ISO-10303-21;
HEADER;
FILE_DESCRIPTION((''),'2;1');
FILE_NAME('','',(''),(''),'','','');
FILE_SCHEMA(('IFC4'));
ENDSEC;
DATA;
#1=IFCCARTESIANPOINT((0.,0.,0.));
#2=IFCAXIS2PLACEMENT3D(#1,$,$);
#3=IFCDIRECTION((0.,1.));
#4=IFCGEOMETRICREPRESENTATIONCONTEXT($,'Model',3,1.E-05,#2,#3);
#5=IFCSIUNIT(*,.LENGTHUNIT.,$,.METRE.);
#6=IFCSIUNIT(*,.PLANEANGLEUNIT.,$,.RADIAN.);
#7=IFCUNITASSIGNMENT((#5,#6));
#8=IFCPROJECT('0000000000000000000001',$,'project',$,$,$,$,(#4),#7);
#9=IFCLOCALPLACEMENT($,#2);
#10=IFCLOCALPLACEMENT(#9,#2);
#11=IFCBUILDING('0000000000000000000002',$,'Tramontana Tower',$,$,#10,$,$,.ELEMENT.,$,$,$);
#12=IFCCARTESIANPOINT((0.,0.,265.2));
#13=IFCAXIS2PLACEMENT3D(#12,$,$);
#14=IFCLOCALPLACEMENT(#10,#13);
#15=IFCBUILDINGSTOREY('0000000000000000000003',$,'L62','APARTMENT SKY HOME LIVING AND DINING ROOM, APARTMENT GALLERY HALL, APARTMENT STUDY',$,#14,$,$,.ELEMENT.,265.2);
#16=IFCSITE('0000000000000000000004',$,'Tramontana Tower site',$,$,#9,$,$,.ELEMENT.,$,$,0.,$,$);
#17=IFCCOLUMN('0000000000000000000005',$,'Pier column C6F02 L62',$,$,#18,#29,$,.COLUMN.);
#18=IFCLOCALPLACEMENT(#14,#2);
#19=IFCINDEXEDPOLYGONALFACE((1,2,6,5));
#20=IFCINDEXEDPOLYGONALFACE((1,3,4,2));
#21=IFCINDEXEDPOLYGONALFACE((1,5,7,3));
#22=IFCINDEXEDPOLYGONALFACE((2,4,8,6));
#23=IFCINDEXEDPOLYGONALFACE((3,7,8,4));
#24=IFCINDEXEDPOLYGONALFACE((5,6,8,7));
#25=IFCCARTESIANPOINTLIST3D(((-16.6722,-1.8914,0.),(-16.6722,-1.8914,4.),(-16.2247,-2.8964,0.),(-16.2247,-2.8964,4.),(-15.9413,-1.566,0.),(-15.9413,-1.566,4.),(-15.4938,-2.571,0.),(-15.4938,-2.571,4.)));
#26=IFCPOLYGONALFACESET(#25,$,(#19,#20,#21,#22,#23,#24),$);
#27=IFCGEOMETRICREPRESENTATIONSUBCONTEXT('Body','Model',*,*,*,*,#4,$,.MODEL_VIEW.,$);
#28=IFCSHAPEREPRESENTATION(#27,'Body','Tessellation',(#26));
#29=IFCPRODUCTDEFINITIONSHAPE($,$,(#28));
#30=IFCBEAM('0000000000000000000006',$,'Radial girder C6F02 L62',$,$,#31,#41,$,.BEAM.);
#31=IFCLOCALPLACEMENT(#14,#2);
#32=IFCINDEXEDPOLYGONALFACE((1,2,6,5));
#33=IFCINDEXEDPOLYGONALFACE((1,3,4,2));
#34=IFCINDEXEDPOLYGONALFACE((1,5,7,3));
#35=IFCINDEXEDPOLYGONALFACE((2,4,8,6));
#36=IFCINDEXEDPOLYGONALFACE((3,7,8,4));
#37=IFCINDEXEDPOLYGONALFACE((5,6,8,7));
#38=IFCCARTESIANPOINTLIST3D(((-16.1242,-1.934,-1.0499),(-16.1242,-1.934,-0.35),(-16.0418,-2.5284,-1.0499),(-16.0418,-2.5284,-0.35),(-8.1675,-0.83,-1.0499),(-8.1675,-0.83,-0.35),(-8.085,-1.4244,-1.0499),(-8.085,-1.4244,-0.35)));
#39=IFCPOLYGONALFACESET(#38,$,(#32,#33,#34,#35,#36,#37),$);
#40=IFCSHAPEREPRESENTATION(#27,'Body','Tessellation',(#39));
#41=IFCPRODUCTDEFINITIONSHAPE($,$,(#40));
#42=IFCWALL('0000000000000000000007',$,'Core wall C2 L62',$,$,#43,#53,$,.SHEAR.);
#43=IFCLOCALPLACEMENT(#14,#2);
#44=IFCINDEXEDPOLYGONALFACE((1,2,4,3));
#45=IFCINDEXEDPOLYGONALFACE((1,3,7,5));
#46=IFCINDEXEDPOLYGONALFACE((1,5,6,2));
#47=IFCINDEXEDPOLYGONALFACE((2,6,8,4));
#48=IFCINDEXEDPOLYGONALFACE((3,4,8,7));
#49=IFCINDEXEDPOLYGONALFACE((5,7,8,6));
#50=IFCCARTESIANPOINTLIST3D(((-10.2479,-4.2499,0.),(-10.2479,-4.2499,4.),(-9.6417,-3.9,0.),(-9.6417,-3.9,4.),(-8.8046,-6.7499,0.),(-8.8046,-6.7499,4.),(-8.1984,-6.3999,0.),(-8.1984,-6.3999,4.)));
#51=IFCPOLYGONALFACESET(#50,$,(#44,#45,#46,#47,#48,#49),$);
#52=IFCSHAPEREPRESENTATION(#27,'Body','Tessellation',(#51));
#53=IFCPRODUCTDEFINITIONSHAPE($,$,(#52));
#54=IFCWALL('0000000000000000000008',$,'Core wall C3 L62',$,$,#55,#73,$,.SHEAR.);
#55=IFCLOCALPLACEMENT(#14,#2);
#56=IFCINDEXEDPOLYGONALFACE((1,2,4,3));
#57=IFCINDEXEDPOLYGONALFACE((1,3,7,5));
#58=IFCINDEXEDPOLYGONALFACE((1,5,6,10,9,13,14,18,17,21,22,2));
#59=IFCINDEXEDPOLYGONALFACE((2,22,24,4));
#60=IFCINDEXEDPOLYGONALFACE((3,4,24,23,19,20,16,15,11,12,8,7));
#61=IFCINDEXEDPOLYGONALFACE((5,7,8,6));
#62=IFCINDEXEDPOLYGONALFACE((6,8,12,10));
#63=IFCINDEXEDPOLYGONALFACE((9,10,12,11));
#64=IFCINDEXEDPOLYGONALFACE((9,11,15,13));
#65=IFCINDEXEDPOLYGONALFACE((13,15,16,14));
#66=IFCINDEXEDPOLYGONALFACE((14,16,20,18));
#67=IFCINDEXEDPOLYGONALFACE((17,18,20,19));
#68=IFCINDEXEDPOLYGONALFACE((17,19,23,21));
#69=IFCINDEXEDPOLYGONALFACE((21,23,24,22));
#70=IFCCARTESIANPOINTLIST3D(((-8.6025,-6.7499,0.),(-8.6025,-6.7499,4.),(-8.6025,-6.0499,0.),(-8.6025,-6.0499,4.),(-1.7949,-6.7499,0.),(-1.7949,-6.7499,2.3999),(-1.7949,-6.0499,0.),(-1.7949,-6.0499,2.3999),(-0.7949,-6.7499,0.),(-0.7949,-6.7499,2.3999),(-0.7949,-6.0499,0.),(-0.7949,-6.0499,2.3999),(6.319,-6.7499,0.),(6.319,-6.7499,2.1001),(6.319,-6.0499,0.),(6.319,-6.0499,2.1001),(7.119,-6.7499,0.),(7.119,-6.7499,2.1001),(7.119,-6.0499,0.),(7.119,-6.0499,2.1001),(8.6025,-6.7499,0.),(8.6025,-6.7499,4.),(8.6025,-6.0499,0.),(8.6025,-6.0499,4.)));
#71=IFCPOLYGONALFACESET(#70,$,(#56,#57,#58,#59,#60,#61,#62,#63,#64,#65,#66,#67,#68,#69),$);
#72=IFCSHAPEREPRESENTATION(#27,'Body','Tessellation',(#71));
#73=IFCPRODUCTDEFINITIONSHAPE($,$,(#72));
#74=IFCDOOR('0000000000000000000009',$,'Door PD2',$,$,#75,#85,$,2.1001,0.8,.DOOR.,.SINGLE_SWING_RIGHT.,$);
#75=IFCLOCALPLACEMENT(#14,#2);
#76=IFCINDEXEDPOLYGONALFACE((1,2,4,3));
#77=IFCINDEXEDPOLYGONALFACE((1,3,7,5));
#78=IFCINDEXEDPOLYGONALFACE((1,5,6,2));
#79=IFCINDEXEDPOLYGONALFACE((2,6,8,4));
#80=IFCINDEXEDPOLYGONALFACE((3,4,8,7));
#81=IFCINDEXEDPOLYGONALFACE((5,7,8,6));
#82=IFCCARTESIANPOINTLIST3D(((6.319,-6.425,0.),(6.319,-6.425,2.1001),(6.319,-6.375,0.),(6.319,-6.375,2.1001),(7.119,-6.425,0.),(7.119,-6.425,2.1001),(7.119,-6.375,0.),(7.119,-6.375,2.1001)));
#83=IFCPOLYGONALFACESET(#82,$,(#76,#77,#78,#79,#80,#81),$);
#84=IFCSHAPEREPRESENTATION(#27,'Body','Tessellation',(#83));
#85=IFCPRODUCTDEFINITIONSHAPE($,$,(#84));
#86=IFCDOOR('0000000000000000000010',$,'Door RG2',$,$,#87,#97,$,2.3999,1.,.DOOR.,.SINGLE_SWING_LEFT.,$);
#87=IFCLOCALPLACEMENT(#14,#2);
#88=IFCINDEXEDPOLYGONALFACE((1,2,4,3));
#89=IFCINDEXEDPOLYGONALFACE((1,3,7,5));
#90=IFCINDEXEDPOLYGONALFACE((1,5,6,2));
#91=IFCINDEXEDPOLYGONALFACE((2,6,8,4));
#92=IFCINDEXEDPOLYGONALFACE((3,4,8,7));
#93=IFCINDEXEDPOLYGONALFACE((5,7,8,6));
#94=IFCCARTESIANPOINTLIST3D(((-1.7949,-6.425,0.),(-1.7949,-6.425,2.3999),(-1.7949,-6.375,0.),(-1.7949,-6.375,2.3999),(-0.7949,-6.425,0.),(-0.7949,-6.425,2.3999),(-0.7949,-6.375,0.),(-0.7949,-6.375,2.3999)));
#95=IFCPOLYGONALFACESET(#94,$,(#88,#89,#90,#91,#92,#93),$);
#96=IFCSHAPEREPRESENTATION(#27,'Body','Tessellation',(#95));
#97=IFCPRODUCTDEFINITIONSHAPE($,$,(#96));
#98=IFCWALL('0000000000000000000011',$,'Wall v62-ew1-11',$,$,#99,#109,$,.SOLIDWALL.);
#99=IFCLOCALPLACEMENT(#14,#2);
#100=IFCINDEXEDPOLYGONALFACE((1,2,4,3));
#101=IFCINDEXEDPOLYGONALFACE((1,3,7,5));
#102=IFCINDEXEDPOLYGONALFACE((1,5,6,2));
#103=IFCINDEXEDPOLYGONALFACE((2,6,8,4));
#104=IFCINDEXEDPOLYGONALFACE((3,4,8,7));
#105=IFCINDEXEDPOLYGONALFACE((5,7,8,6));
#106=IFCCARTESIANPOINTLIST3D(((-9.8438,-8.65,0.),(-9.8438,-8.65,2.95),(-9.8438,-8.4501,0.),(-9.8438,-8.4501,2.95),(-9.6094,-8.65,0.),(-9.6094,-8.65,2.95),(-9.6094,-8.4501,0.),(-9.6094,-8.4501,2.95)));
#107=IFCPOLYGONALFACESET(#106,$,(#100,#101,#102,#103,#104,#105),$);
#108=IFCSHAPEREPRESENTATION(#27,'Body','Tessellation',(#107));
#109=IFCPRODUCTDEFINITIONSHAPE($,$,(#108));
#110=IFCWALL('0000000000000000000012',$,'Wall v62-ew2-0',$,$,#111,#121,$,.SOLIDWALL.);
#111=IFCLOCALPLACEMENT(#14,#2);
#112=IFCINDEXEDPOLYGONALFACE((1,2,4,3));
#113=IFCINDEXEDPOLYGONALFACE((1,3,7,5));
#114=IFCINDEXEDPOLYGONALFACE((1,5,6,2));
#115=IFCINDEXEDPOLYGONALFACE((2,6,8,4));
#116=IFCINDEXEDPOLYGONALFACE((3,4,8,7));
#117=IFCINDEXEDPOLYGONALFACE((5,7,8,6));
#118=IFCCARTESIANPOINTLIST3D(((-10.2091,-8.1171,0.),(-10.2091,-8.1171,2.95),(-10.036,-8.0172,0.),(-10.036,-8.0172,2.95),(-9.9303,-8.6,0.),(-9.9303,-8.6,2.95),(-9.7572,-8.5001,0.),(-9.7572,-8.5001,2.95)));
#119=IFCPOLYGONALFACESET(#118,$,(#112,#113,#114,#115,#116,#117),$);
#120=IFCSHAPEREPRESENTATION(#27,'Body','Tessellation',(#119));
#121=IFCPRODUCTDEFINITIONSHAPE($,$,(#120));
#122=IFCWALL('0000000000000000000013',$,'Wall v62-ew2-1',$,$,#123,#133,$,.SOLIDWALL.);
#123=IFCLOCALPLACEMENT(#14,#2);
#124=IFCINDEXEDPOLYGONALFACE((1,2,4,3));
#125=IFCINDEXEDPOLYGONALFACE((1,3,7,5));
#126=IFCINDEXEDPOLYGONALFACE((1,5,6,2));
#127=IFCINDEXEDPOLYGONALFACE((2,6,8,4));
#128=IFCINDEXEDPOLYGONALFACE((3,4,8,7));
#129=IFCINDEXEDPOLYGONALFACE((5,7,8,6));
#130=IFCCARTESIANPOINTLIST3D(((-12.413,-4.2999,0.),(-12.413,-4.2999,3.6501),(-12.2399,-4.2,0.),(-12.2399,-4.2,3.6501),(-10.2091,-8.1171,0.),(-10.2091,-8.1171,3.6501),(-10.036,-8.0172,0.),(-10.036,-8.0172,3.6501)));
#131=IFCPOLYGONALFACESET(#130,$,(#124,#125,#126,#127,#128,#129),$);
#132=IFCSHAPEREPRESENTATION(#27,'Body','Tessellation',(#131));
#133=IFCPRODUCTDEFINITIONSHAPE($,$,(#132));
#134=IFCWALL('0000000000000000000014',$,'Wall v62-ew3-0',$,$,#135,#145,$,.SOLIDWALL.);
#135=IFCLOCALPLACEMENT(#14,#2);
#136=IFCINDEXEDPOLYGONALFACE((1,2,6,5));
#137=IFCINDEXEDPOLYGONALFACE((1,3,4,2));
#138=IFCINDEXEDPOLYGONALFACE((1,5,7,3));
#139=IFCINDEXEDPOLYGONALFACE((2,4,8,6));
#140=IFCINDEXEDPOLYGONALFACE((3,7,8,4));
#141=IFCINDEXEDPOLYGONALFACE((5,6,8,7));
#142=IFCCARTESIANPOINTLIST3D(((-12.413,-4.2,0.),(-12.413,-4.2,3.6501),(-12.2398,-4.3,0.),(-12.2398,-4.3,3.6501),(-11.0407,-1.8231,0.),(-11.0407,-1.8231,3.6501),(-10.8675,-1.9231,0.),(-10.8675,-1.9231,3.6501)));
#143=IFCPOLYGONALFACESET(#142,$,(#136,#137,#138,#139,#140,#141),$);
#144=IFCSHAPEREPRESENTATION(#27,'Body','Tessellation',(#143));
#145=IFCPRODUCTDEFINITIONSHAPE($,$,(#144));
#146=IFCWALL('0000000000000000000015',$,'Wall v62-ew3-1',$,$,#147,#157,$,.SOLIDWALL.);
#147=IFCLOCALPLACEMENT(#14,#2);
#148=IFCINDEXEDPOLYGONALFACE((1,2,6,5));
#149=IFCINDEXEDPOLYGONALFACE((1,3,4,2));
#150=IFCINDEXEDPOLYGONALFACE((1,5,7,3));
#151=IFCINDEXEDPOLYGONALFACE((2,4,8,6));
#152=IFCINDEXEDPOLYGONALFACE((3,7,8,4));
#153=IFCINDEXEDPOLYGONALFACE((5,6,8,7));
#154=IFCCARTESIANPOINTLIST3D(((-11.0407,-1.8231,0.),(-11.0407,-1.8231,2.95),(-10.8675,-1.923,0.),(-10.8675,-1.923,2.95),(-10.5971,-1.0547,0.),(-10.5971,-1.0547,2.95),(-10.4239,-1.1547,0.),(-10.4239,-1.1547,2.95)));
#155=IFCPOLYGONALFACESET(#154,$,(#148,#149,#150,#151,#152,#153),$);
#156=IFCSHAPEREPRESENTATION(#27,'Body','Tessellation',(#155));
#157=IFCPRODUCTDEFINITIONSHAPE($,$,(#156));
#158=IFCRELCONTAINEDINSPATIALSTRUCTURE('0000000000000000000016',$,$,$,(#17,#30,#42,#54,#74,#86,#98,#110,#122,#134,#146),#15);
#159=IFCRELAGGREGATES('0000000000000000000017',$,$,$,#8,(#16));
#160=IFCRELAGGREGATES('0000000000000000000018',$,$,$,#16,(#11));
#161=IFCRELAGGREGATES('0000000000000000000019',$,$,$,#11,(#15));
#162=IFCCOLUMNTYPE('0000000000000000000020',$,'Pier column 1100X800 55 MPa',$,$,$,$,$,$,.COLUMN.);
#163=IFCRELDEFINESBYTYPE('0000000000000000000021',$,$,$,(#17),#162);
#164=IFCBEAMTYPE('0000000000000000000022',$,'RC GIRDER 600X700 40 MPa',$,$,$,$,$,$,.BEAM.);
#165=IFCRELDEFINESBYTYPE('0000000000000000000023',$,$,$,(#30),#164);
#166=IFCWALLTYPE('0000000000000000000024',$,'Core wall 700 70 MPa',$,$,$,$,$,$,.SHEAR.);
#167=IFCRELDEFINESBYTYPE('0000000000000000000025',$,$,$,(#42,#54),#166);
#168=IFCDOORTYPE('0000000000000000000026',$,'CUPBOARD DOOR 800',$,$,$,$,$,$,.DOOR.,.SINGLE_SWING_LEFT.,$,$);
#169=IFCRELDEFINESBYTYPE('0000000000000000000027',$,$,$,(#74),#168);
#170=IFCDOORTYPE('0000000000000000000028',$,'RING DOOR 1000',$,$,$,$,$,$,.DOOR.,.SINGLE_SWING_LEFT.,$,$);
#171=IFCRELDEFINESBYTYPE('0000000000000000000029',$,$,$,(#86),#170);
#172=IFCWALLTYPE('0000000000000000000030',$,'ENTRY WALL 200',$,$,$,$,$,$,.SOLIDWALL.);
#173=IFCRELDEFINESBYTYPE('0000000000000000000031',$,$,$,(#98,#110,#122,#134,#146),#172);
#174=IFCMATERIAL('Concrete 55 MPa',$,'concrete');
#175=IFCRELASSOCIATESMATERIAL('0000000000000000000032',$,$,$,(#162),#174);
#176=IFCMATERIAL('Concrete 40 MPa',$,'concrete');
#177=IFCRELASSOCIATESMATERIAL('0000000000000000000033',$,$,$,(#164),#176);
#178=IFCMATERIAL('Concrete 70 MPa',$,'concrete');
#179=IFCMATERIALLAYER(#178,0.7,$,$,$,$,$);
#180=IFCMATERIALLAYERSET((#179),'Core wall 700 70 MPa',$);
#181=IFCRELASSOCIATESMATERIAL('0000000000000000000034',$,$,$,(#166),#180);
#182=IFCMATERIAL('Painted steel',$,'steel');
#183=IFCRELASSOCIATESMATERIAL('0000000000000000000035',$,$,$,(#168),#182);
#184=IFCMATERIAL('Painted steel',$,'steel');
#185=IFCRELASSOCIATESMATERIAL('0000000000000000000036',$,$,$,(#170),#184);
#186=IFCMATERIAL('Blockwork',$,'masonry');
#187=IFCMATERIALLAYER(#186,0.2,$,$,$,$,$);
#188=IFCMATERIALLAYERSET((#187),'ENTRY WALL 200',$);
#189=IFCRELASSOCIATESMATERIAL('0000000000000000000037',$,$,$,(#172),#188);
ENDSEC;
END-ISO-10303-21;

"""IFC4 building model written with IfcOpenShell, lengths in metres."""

from ifc_helpers import new_model, si_unit, direction, frame, frame_2d, origin, origin_2d, place, context, subcontext, project, spatial, rectangle, extrude, material, layer, layer_set, material_profile, profile_set, type_object, element, fill, save


model = new_model("IFC4")

# Units and contexts
model_context = context("Model", 3, precision=1e-05, world=origin(), true_north=direction((0.0, 1.0)))
body_context = subcontext(model_context, "Body", "Model", "MODEL_VIEW")
ifc_project = project(units=[si_unit("LENGTHUNIT", "METRE"), si_unit("PLANEANGLEUNIT", "RADIAN")], contexts=[model_context])

# Site, building, storey
site_placement = place(None, origin())
site = spatial("IfcSite", under=ifc_project, at=site_placement, Name="Tramontana Tower site", CompositionType="ELEMENT", RefElevation=0.0)
building_placement = place(site_placement, origin())
building = spatial("IfcBuilding", under=site, at=building_placement, Name="Tramontana Tower", CompositionType="ELEMENT")
storey_placement = place(building_placement, frame((0.0, 0.0, 265.2)))
storey = spatial("IfcBuildingStorey", under=building, at=storey_placement, Name="L62", Description="APARTMENT SKY HOME LIVING AND DINING ROOM, APARTMENT GALLERY HALL, APARTMENT STUDY", CompositionType="ELEMENT", Elevation=265.2)

# Column
ifc_material_1 = material(Name="Concrete 55 MPa", Category="concrete")
ifc_material_profile_1 = material_profile(ifc_material_1, rectangle(XDim=1.1001, YDim=0.8, at=origin_2d()), Name="Pier column 1100X800 55 MPa")
ifc_profile_set_1 = profile_set([ifc_material_profile_1], Name="Concrete 55 MPa")
column_type = type_object("IfcColumnType", Name="Pier column 1100X800 55 MPa", PredefinedType="COLUMN", material=ifc_profile_set_1)
column_placement = place(storey_placement, frame((-16.083, -2.2312, 0.0), z_axis=(0.0, 0.0, 1.0), x_axis=(0.406737, -0.913545, 0.0)))
element("IfcColumn", 1, at=column_placement, inside=storey, type_object=column_type, Name="Pier column C6F02 L62", PredefinedType="COLUMN", context=body_context, shape_type="SweptSolid", body=[
    extrude(rectangle(XDim=1.1001, YDim=0.8, at=origin_2d()), origin(), (0.0, 0.0, 1.0), 4.0),
])

# Beam
ifc_material_2 = material(Name="Concrete 40 MPa", Category="concrete")
ifc_material_profile_2 = material_profile(ifc_material_2, rectangle(XDim=0.6001, YDim=0.7, at=origin_2d()), Name="RC GIRDER 600X700 40 MPa")
ifc_profile_set_2 = profile_set([ifc_material_profile_2], Name="Concrete 40 MPa")
beam_type = type_object("IfcBeamType", Name="RC GIRDER 600X700 40 MPa", PredefinedType="BEAM", material=ifc_profile_set_2)
beam_placement = place(storey_placement, frame((-16.083, -2.2312, -0.7), z_axis=(0.990511, 0.137433, 0.0), x_axis=(-0.137433, 0.990511, 0.0)))
element("IfcBeam", 2, at=beam_placement, inside=storey, type_object=beam_type, Name="Radial girder C6F02 L62", PredefinedType="BEAM", context=body_context, shape_type="SweptSolid", body=[
    extrude(rectangle(XDim=0.6001, YDim=0.7, at=origin_2d()), origin(), (0.0, 0.0, 1.0), 8.033),
])

# Wall
ifc_material_3 = material(Name="Concrete 70 MPa", Category="concrete")
ifc_layer_1 = layer(ifc_material_3, 0.7)
ifc_layer_set_1 = layer_set([ifc_layer_1], Name="Core wall 700 70 MPa")
wall_type_1 = type_object("IfcWallType", Name="Core wall 700 70 MPa", PredefinedType="SHEAR", material=ifc_layer_set_1)
wall_1_placement = place(storey_placement, frame((-9.9448, -4.075, 0.0), z_axis=(0.0, 0.0, 1.0), x_axis=(0.499996, -0.866028, 0.0)))
element("IfcWall", 3, at=wall_1_placement, inside=storey, type_object=wall_type_1, Name="Core wall C2 L62", PredefinedType="SHEAR", context=body_context, shape_type="SweptSolid", body=[
    extrude(rectangle(XDim=2.8867, YDim=0.7, at=frame_2d((1.4434, 0.0))), origin(), (0.0, 0.0, 1.0), 4.0),
])

# Wall, openings, doors
wall_2_placement = place(storey_placement, frame((-8.6025, -6.3999, 0.0), z_axis=(0.0, 0.0, 1.0), x_axis=(1.0, 0.0, 0.0)))
wall_2 = element("IfcWall", 4, at=wall_2_placement, inside=storey, type_object=wall_type_1, Name="Core wall C3 L62", PredefinedType="SHEAR", context=body_context, shape_type="SweptSolid", body=[
    extrude(rectangle(XDim=17.2051, YDim=0.7, at=frame_2d((8.6025, 0.0))), origin(), (0.0, 0.0, 1.0), 4.0),
])
opening_1_placement = place(wall_2_placement, frame((6.8076, 0.0, 0.0)))
opening_1 = element("IfcOpeningElement", 5, at=opening_1_placement, cuts=wall_2, PredefinedType="OPENING", context=body_context, shape_type="SweptSolid", body=[
    extrude(rectangle(XDim=1.0, YDim=2.3999, at=frame_2d((0.5, 1.2))), frame((0.0, 0.3599, 0.0), z_axis=(0.0, -1.0, 0.0), x_axis=(1.0, 0.0, 0.0)), (0.0, 0.0, 1.0), 0.72),
])
opening_2_placement = place(wall_2_placement, frame((14.9216, 0.0, 0.0)))
opening_2 = element("IfcOpeningElement", 6, at=opening_2_placement, cuts=wall_2, PredefinedType="OPENING", context=body_context, shape_type="SweptSolid", body=[
    extrude(rectangle(XDim=0.8, YDim=2.1001, at=frame_2d((0.3999, 1.05))), frame((0.0, 0.3599, 0.0), z_axis=(0.0, -1.0, 0.0), x_axis=(1.0, 0.0, 0.0)), (0.0, 0.0, 1.0), 0.72),
])
ifc_material_4 = material(Name="Painted steel", Category="steel")
door_type_1 = type_object("IfcDoorType", Name="CUPBOARD DOOR 800", OperationType="SINGLE_SWING_LEFT", PredefinedType="DOOR", material=ifc_material_4)
door_1_placement = place(opening_2_placement, origin())
door_1 = element("IfcDoor", 7, at=door_1_placement, inside=storey, type_object=door_type_1, Name="Door PD2", OperationType="SINGLE_SWING_RIGHT", OverallHeight=2.1001, OverallWidth=0.8, PredefinedType="DOOR", context=body_context, shape_type="SweptSolid", body=[
    extrude(rectangle(XDim=0.8, YDim=2.1001, at=frame_2d((0.3999, 1.05))), frame((0.0, 0.0249, 0.0), z_axis=(0.0, -1.0, 0.0), x_axis=(1.0, 0.0, 0.0)), (0.0, 0.0, 1.0), 0.05),
])
fill(opening_2, door_1)
ifc_material_5 = material(Name="Painted steel", Category="steel")
door_type_2 = type_object("IfcDoorType", Name="RING DOOR 1000", OperationType="SINGLE_SWING_LEFT", PredefinedType="DOOR", material=ifc_material_5)
door_2_placement = place(opening_1_placement, origin())
door_2 = element("IfcDoor", 8, at=door_2_placement, inside=storey, type_object=door_type_2, Name="Door RG2", OperationType="SINGLE_SWING_LEFT", OverallHeight=2.3999, OverallWidth=1.0, PredefinedType="DOOR", context=body_context, shape_type="SweptSolid", body=[
    extrude(rectangle(XDim=1.0, YDim=2.3999, at=frame_2d((0.5, 1.2))), frame((0.0, 0.0249, 0.0), z_axis=(0.0, -1.0, 0.0), x_axis=(1.0, 0.0, 0.0)), (0.0, 0.0, 1.0), 0.05),
])
fill(opening_1, door_2)

# Walls
ifc_material_6 = material(Name="Blockwork", Category="masonry")
ifc_layer_2 = layer(ifc_material_6, 0.2)
ifc_layer_set_2 = layer_set([ifc_layer_2], Name="ENTRY WALL 200")
wall_type_2 = type_object("IfcWallType", Name="ENTRY WALL 200", PredefinedType="SOLIDWALL", material=ifc_layer_set_2)
wall_3_placement = place(storey_placement, frame((-9.6094, -8.55, 0.0), z_axis=(0.0, 0.0, 1.0), x_axis=(-1.0, 0.0, 0.0)))
element("IfcWall", 9, at=wall_3_placement, inside=storey, type_object=wall_type_2, Name="Wall v62-ew1-11", PredefinedType="SOLIDWALL", context=body_context, shape_type="SweptSolid", body=[
    extrude(rectangle(XDim=0.2344, YDim=0.2, at=frame_2d((0.1172, 0.0))), origin(), (0.0, 0.0, 1.0), 2.95),
])
wall_4_placement = place(storey_placement, frame((-9.8438, -8.55, 0.0), z_axis=(0.0, 0.0, 1.0), x_axis=(-0.5, 0.866025, 0.0)))
element("IfcWall", 10, at=wall_4_placement, inside=storey, type_object=wall_type_2, Name="Wall v62-ew2-0", PredefinedType="SOLIDWALL", context=body_context, shape_type="SweptSolid", body=[
    extrude(rectangle(XDim=0.5576, YDim=0.2, at=frame_2d((0.2788, 0.0))), origin(), (0.0, 0.0, 1.0), 2.95),
])
wall_5_placement = place(storey_placement, frame((-10.1226, -8.0671, 0.0), z_axis=(0.0, 0.0, 1.0), x_axis=(-0.500005, 0.866022, 0.0)))
element("IfcWall", 11, at=wall_5_placement, inside=storey, type_object=wall_type_2, Name="Wall v62-ew2-1", PredefinedType="SOLIDWALL", context=body_context, shape_type="SweptSolid", body=[
    extrude(rectangle(XDim=4.4077, YDim=0.2, at=frame_2d((2.2039, 0.0))), origin(), (0.0, 0.0, 1.0), 3.6501),
])
wall_6_placement = place(storey_placement, frame((-12.3264, -4.25, 0.0), z_axis=(0.0, 0.0, 1.0), x_axis=(0.499995, 0.866029, 0.0)))
element("IfcWall", 12, at=wall_6_placement, inside=storey, type_object=wall_type_2, Name="Wall v62-ew3-0", PredefinedType="SOLIDWALL", context=body_context, shape_type="SweptSolid", body=[
    extrude(rectangle(XDim=2.7446, YDim=0.2, at=frame_2d((1.3723, 0.0))), origin(), (0.0, 0.0, 1.0), 3.6501),
])
wall_7_placement = place(storey_placement, frame((-10.9541, -1.873, 0.0), z_axis=(0.0, 0.0, 1.0), x_axis=(0.500016, 0.866016, 0.0)))
element("IfcWall", 13, at=wall_7_placement, inside=storey, type_object=wall_type_2, Name="Wall v62-ew3-1", PredefinedType="SOLIDWALL", context=body_context, shape_type="SweptSolid", body=[
    extrude(rectangle(XDim=0.8872, YDim=0.2, at=frame_2d((0.4436, 0.0))), origin(), (0.0, 0.0, 1.0), 2.95),
])

save(model, "model.ifc")
